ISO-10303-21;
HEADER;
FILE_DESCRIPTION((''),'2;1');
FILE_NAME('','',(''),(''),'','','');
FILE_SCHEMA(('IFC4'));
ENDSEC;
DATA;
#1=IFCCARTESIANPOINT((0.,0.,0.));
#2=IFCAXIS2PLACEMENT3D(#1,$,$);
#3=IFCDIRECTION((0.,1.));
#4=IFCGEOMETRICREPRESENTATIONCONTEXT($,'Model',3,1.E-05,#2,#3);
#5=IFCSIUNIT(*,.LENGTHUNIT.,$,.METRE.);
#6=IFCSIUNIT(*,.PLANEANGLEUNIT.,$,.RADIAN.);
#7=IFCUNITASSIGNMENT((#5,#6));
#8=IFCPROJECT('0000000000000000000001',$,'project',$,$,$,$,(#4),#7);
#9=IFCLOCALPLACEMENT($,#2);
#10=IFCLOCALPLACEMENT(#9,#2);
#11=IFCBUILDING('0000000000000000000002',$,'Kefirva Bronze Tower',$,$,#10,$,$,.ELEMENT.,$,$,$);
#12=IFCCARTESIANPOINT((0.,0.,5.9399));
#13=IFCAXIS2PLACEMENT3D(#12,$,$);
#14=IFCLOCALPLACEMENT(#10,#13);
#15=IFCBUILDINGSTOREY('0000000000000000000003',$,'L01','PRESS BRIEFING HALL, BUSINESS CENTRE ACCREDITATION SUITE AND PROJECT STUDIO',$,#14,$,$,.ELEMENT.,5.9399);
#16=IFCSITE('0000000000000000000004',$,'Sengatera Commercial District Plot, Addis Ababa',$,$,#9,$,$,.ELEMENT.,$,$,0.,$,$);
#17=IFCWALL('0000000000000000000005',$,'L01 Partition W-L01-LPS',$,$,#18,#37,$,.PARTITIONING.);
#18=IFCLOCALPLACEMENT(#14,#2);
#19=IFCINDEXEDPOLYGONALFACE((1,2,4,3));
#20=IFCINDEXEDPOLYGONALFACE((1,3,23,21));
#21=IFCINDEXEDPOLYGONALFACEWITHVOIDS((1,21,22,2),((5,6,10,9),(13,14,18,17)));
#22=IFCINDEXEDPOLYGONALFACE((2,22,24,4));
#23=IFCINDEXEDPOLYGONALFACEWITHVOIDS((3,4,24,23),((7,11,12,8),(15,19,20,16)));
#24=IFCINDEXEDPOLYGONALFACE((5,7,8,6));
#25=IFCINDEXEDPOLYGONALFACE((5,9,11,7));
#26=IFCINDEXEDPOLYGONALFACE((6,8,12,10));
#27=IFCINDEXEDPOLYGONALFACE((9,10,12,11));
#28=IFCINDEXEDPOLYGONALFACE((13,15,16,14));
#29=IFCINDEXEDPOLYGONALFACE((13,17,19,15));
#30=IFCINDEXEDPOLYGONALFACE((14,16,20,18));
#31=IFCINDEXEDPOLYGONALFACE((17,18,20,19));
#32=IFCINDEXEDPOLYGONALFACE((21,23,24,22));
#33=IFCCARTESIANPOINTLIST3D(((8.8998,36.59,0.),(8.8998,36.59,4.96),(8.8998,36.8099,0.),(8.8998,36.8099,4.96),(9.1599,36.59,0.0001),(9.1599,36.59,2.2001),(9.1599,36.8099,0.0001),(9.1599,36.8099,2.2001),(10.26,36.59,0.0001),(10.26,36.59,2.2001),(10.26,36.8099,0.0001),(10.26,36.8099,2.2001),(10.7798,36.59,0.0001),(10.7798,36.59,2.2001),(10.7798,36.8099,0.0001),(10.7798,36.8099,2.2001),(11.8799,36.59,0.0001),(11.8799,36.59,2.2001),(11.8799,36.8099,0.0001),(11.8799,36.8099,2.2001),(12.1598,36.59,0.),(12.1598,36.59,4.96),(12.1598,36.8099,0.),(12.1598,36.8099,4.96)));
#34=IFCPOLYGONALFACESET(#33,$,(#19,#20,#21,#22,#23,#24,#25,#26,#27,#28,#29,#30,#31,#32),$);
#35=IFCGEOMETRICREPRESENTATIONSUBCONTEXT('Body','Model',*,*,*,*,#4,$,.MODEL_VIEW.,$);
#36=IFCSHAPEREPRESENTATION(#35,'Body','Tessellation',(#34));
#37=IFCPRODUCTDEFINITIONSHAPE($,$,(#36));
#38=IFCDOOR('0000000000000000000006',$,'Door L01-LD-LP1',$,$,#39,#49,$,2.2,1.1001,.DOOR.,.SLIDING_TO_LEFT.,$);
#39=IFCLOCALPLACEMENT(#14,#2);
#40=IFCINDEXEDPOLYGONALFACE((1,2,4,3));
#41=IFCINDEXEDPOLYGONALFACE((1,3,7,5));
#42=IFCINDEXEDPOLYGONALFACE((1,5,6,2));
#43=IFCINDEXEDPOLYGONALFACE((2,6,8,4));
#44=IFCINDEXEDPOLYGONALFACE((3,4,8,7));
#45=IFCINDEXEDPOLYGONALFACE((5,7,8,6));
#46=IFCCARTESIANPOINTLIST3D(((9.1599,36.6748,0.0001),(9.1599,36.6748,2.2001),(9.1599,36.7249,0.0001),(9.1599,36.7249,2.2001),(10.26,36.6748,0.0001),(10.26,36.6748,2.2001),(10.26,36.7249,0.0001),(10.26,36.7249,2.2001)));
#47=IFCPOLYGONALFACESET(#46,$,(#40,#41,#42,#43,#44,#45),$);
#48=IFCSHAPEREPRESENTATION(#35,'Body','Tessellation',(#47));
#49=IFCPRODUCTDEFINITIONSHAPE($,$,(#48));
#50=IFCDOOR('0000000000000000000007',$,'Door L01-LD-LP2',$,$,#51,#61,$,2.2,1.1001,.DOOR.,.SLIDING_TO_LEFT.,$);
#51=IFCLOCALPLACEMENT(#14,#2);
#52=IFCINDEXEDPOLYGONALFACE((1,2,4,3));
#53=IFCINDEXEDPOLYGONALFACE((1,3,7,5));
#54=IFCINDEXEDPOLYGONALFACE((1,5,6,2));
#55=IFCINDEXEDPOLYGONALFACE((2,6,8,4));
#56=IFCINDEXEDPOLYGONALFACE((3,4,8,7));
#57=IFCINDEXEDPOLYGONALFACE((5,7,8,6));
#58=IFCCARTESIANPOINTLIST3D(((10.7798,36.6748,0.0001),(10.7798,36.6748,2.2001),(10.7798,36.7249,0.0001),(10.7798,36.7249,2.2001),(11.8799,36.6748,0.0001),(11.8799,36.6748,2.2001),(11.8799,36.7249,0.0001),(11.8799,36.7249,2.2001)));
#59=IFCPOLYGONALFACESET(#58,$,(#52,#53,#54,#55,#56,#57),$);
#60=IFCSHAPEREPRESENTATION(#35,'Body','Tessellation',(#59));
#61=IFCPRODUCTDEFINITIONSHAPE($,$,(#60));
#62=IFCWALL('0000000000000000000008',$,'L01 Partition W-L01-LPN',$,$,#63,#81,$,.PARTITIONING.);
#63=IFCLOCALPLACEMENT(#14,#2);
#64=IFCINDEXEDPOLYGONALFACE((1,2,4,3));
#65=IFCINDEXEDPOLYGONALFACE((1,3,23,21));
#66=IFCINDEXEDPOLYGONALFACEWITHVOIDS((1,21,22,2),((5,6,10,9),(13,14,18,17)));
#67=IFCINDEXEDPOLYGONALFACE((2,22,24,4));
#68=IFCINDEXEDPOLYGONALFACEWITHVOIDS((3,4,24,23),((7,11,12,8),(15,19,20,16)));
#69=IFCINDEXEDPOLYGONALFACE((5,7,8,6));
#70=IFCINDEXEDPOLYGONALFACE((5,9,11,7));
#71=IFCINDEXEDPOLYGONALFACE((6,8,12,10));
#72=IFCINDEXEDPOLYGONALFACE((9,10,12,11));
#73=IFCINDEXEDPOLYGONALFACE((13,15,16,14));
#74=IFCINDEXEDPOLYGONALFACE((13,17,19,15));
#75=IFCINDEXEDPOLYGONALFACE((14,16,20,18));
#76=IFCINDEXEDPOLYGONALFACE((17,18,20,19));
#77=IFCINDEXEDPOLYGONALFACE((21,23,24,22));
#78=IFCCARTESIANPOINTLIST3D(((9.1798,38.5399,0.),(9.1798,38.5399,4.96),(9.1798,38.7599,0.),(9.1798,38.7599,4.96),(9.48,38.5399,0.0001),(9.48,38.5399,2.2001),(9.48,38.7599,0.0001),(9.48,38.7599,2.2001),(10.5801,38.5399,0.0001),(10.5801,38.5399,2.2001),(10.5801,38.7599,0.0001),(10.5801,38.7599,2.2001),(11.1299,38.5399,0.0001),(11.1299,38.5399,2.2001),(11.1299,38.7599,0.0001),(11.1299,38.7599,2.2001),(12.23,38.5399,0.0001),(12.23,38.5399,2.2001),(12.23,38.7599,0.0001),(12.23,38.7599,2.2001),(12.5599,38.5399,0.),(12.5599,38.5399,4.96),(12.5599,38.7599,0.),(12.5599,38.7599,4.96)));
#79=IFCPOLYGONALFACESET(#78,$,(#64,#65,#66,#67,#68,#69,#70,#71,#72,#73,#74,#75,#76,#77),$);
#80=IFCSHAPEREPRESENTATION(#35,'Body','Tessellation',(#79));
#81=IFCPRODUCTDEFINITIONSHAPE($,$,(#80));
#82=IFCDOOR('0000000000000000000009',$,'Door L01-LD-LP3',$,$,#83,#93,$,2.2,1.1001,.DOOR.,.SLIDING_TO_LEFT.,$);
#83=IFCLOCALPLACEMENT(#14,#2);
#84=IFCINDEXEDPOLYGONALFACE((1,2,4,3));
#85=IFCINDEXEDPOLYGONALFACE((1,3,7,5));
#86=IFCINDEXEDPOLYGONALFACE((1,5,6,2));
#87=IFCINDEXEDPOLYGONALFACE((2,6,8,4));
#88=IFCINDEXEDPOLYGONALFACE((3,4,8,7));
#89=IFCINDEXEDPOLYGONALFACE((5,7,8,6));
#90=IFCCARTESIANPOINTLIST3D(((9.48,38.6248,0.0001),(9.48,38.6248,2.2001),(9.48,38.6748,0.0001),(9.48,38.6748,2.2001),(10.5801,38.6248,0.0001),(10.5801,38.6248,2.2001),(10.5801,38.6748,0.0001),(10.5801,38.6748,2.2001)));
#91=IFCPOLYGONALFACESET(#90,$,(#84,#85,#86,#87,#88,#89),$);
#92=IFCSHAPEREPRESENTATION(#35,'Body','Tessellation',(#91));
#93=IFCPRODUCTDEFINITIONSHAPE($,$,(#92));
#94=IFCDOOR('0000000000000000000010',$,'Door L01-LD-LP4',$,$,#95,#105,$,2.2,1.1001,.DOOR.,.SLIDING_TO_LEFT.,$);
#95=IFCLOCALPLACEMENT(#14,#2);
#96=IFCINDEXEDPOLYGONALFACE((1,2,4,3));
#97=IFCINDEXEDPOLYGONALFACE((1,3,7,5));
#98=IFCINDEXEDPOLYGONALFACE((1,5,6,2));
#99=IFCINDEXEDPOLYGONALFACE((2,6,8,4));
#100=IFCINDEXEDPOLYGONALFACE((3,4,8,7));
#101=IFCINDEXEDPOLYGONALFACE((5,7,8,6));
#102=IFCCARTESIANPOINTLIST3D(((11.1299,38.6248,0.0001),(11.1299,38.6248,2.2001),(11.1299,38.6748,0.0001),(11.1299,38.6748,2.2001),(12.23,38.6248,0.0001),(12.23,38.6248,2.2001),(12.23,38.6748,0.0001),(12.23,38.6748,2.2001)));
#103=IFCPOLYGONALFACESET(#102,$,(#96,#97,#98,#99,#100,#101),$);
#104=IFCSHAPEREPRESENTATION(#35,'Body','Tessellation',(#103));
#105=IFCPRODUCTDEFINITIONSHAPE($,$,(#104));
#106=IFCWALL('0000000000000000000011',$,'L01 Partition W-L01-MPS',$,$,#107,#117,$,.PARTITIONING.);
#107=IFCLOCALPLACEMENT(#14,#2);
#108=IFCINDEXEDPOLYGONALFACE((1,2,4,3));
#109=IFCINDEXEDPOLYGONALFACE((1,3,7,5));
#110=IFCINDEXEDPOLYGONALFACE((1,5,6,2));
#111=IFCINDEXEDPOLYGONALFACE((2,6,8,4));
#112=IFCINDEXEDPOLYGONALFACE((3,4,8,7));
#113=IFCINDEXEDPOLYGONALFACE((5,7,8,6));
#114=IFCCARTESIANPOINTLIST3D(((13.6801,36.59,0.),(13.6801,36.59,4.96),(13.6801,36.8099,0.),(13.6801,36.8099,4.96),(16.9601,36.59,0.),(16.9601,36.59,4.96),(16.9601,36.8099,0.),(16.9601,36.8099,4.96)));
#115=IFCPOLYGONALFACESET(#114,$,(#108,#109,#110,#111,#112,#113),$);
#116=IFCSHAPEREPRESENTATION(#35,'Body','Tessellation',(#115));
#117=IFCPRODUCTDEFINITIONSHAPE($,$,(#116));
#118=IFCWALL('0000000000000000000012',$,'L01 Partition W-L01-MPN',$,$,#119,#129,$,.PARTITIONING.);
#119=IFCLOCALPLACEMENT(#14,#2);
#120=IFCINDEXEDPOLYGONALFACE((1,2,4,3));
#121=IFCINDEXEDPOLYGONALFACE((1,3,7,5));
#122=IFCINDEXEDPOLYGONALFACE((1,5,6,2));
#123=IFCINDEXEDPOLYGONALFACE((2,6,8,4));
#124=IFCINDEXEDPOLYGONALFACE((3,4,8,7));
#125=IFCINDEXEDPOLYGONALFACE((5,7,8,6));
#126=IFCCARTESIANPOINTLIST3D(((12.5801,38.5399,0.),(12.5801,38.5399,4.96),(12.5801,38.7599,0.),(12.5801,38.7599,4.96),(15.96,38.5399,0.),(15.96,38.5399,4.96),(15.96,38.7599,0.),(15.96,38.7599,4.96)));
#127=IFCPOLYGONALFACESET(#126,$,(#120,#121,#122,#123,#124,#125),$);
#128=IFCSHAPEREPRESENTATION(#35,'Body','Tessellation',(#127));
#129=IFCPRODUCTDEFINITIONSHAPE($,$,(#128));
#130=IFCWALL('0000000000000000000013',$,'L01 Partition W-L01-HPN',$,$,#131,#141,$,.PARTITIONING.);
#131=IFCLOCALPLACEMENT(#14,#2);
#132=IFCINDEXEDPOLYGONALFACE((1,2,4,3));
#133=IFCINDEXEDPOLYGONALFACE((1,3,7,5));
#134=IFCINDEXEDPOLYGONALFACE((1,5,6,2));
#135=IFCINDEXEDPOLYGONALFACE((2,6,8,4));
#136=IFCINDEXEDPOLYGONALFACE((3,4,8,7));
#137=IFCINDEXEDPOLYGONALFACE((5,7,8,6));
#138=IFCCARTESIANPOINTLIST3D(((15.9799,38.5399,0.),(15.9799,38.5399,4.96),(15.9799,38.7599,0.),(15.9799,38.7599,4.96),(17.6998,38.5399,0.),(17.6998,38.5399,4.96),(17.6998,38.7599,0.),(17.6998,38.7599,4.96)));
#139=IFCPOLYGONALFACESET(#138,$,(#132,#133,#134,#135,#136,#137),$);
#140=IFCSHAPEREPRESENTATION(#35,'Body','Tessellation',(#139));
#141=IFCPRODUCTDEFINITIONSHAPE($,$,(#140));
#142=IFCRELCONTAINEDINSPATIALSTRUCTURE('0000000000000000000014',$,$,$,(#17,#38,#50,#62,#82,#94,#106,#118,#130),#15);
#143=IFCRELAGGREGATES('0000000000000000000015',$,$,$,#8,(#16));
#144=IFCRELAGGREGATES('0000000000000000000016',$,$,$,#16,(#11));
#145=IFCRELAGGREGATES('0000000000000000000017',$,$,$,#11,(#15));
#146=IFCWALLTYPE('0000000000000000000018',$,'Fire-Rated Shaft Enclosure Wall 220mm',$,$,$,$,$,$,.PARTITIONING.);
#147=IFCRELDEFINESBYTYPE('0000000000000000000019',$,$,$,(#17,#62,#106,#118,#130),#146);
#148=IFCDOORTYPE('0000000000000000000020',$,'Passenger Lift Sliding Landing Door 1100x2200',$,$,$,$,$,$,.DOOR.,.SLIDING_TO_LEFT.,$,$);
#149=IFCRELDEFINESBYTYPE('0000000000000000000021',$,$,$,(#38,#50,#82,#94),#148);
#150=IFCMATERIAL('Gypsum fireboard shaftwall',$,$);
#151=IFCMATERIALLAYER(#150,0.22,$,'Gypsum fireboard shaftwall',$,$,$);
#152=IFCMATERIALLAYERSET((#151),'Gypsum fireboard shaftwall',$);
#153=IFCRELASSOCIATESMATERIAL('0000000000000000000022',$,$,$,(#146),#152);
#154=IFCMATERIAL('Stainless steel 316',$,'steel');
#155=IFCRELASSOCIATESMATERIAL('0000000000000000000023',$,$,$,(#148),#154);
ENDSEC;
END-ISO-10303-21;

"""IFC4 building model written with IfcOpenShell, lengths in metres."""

from ifc_helpers import new_model, si_unit, direction, frame, frame_2d, origin, place, context, subcontext, project, spatial, rectangle, extrude, material, layer, layer_set, type_object, element, fill, save


model = new_model("IFC4")

# Units and contexts
model_context = context("Model", 3, precision=1e-05, world=origin(), true_north=direction((0.0, 1.0)))
body_context = subcontext(model_context, "Body", "Model", "MODEL_VIEW")
ifc_project = project(units=[si_unit("LENGTHUNIT", "METRE"), si_unit("PLANEANGLEUNIT", "RADIAN")], contexts=[model_context])

# Site, building, storey
site_placement = place(None, origin())
site = spatial("IfcSite", under=ifc_project, at=site_placement, Name="Sengatera Commercial District Plot, Addis Ababa", CompositionType="ELEMENT", RefElevation=0.0)
building_placement = place(site_placement, origin())
building = spatial("IfcBuilding", under=site, at=building_placement, Name="Kefirva Bronze Tower", CompositionType="ELEMENT")
storey_placement = place(building_placement, frame((0.0, 0.0, 5.9399)))
storey = spatial("IfcBuildingStorey", under=building, at=storey_placement, Name="L01", Description="PRESS BRIEFING HALL, BUSINESS CENTRE ACCREDITATION SUITE AND PROJECT STUDIO", CompositionType="ELEMENT", Elevation=5.9399)

# Shared definitions
ifc_material_1 = material(Name="Gypsum fireboard shaftwall")
ifc_layer_1 = layer(ifc_material_1, 0.22, Name="Gypsum fireboard shaftwall")
ifc_layer_set_1 = layer_set([ifc_layer_1], Name="Gypsum fireboard shaftwall")
wall_type_1 = type_object("IfcWallType", Name="Fire-Rated Shaft Enclosure Wall 220mm", PredefinedType="PARTITIONING", material=ifc_layer_set_1)

# Walls, openings, doors
wall_1_placement = place(storey_placement, frame((8.8999, 36.7, 0.0), z_axis=(0.0, 0.0, 1.0), x_axis=(1.0, 0.0, 0.0)))
wall_1 = element("IfcWall", 1, at=wall_1_placement, inside=storey, type_object=wall_type_1, Name="L01 Partition W-L01-LPS", PredefinedType="PARTITIONING", context=body_context, shape_type="SweptSolid", body=[
    extrude(rectangle(XDim=3.26, YDim=0.22, at=frame_2d((1.6299, 0.0))), origin(), (0.0, 0.0, 1.0), 4.96),
])
opening_1_placement = place(wall_1_placement, frame((0.26, 0.0, 0.0)))
opening_1 = element("IfcOpeningElement", 2, at=opening_1_placement, cuts=wall_1, PredefinedType="OPENING", context=body_context, shape_type="SweptSolid", body=[
    extrude(rectangle(XDim=1.1001, YDim=2.2, at=frame_2d((0.55, 1.1001))), frame((0.0, 0.1201, 0.0), z_axis=(0.0, -1.0, 0.0), x_axis=(1.0, 0.0, 0.0)), (0.0, 0.0, 1.0), 0.24),
])
opening_2_placement = place(wall_1_placement, frame((1.8799, 0.0, 0.0)))
opening_2 = element("IfcOpeningElement", 3, at=opening_2_placement, cuts=wall_1, PredefinedType="OPENING", context=body_context, shape_type="SweptSolid", body=[
    extrude(rectangle(XDim=1.1001, YDim=2.2, at=frame_2d((0.55, 1.1001))), frame((0.0, 0.1201, 0.0), z_axis=(0.0, -1.0, 0.0), x_axis=(1.0, 0.0, 0.0)), (0.0, 0.0, 1.0), 0.24),
])
ifc_material_2 = material(Name="Stainless steel 316", Category="steel")
door_type_1 = type_object("IfcDoorType", Name="Passenger Lift Sliding Landing Door 1100x2200", OperationType="SLIDING_TO_LEFT", PredefinedType="DOOR", material=ifc_material_2)
door_1_placement = place(opening_1_placement, origin())
door_1 = element("IfcDoor", 4, at=door_1_placement, inside=storey, type_object=door_type_1, Name="Door L01-LD-LP1", OperationType="SLIDING_TO_LEFT", OverallHeight=2.2, OverallWidth=1.1001, PredefinedType="DOOR", context=body_context, shape_type="SweptSolid", body=[
    extrude(rectangle(XDim=1.1001, YDim=2.2, at=frame_2d((0.55, 1.1001))), frame((0.0, 0.0249, 0.0), z_axis=(0.0, -1.0, 0.0), x_axis=(1.0, 0.0, 0.0)), (0.0, 0.0, 1.0), 0.05),
])
fill(opening_1, door_1)
door_2_placement = place(opening_2_placement, origin())
door_2 = element("IfcDoor", 5, at=door_2_placement, inside=storey, type_object=door_type_1, Name="Door L01-LD-LP2", OperationType="SLIDING_TO_LEFT", OverallHeight=2.2, OverallWidth=1.1001, PredefinedType="DOOR", context=body_context, shape_type="SweptSolid", body=[
    extrude(rectangle(XDim=1.1001, YDim=2.2, at=frame_2d((0.55, 1.1001))), frame((0.0, 0.0249, 0.0), z_axis=(0.0, -1.0, 0.0), x_axis=(1.0, 0.0, 0.0)), (0.0, 0.0, 1.0), 0.05),
])
fill(opening_2, door_2)
wall_2_placement = place(storey_placement, frame((9.1799, 38.6499, 0.0), z_axis=(0.0, 0.0, 1.0), x_axis=(1.0, 0.0, 0.0)))
wall_2 = element("IfcWall", 6, at=wall_2_placement, inside=storey, type_object=wall_type_1, Name="L01 Partition W-L01-LPN", PredefinedType="PARTITIONING", context=body_context, shape_type="SweptSolid", body=[
    extrude(rectangle(XDim=3.3801, YDim=0.22, at=frame_2d((1.6899, 0.0))), origin(), (0.0, 0.0, 1.0), 4.96),
])
opening_3_placement = place(wall_2_placement, frame((0.3, 0.0, 0.0)))
opening_3 = element("IfcOpeningElement", 7, at=opening_3_placement, cuts=wall_2, PredefinedType="OPENING", context=body_context, shape_type="SweptSolid", body=[
    extrude(rectangle(XDim=1.1001, YDim=2.2, at=frame_2d((0.55, 1.1001))), frame((0.0, 0.1201, 0.0), z_axis=(0.0, -1.0, 0.0), x_axis=(1.0, 0.0, 0.0)), (0.0, 0.0, 1.0), 0.24),
])
opening_4_placement = place(wall_2_placement, frame((1.95, 0.0, 0.0)))
opening_4 = element("IfcOpeningElement", 8, at=opening_4_placement, cuts=wall_2, PredefinedType="OPENING", context=body_context, shape_type="SweptSolid", body=[
    extrude(rectangle(XDim=1.1001, YDim=2.2, at=frame_2d((0.55, 1.1001))), frame((0.0, 0.1201, 0.0), z_axis=(0.0, -1.0, 0.0), x_axis=(1.0, 0.0, 0.0)), (0.0, 0.0, 1.0), 0.24),
])
door_3_placement = place(opening_3_placement, origin())
door_3 = element("IfcDoor", 9, at=door_3_placement, inside=storey, type_object=door_type_1, Name="Door L01-LD-LP3", OperationType="SLIDING_TO_LEFT", OverallHeight=2.2, OverallWidth=1.1001, PredefinedType="DOOR", context=body_context, shape_type="SweptSolid", body=[
    extrude(rectangle(XDim=1.1001, YDim=2.2, at=frame_2d((0.55, 1.1001))), frame((0.0, 0.0249, 0.0), z_axis=(0.0, -1.0, 0.0), x_axis=(1.0, 0.0, 0.0)), (0.0, 0.0, 1.0), 0.05),
])
fill(opening_3, door_3)
door_4_placement = place(opening_4_placement, origin())
door_4 = element("IfcDoor", 10, at=door_4_placement, inside=storey, type_object=door_type_1, Name="Door L01-LD-LP4", OperationType="SLIDING_TO_LEFT", OverallHeight=2.2, OverallWidth=1.1001, PredefinedType="DOOR", context=body_context, shape_type="SweptSolid", body=[
    extrude(rectangle(XDim=1.1001, YDim=2.2, at=frame_2d((0.55, 1.1001))), frame((0.0, 0.0249, 0.0), z_axis=(0.0, -1.0, 0.0), x_axis=(1.0, 0.0, 0.0)), (0.0, 0.0, 1.0), 0.05),
])
fill(opening_4, door_4)

# Walls
wall_3_placement = place(storey_placement, frame((13.6799, 36.7, 0.0), z_axis=(0.0, 0.0, 1.0), x_axis=(1.0, 0.0, 0.0)))
element("IfcWall", 11, at=wall_3_placement, inside=storey, type_object=wall_type_1, Name="L01 Partition W-L01-MPS", PredefinedType="PARTITIONING", context=body_context, shape_type="SweptSolid", body=[
    extrude(rectangle(XDim=3.28, YDim=0.22, at=frame_2d((1.6401, 0.0))), origin(), (0.0, 0.0, 1.0), 4.96),
])
wall_4_placement = place(storey_placement, frame((12.5801, 38.6499, 0.0), z_axis=(0.0, 0.0, 1.0), x_axis=(1.0, 0.0, 0.0)))
element("IfcWall", 12, at=wall_4_placement, inside=storey, type_object=wall_type_1, Name="L01 Partition W-L01-MPN", PredefinedType="PARTITIONING", context=body_context, shape_type="SweptSolid", body=[
    extrude(rectangle(XDim=3.3799, YDim=0.22, at=frame_2d((1.6899, 0.0))), origin(), (0.0, 0.0, 1.0), 4.96),
])
wall_5_placement = place(storey_placement, frame((15.98, 38.6499, 0.0), z_axis=(0.0, 0.0, 1.0), x_axis=(1.0, 0.0, 0.0)))
element("IfcWall", 13, at=wall_5_placement, inside=storey, type_object=wall_type_1, Name="L01 Partition W-L01-HPN", PredefinedType="PARTITIONING", context=body_context, shape_type="SweptSolid", body=[
    extrude(rectangle(XDim=1.72, YDim=0.22, at=frame_2d((0.8599, 0.0))), origin(), (0.0, 0.0, 1.0), 4.96),
])

save(model, "model.ifc")
